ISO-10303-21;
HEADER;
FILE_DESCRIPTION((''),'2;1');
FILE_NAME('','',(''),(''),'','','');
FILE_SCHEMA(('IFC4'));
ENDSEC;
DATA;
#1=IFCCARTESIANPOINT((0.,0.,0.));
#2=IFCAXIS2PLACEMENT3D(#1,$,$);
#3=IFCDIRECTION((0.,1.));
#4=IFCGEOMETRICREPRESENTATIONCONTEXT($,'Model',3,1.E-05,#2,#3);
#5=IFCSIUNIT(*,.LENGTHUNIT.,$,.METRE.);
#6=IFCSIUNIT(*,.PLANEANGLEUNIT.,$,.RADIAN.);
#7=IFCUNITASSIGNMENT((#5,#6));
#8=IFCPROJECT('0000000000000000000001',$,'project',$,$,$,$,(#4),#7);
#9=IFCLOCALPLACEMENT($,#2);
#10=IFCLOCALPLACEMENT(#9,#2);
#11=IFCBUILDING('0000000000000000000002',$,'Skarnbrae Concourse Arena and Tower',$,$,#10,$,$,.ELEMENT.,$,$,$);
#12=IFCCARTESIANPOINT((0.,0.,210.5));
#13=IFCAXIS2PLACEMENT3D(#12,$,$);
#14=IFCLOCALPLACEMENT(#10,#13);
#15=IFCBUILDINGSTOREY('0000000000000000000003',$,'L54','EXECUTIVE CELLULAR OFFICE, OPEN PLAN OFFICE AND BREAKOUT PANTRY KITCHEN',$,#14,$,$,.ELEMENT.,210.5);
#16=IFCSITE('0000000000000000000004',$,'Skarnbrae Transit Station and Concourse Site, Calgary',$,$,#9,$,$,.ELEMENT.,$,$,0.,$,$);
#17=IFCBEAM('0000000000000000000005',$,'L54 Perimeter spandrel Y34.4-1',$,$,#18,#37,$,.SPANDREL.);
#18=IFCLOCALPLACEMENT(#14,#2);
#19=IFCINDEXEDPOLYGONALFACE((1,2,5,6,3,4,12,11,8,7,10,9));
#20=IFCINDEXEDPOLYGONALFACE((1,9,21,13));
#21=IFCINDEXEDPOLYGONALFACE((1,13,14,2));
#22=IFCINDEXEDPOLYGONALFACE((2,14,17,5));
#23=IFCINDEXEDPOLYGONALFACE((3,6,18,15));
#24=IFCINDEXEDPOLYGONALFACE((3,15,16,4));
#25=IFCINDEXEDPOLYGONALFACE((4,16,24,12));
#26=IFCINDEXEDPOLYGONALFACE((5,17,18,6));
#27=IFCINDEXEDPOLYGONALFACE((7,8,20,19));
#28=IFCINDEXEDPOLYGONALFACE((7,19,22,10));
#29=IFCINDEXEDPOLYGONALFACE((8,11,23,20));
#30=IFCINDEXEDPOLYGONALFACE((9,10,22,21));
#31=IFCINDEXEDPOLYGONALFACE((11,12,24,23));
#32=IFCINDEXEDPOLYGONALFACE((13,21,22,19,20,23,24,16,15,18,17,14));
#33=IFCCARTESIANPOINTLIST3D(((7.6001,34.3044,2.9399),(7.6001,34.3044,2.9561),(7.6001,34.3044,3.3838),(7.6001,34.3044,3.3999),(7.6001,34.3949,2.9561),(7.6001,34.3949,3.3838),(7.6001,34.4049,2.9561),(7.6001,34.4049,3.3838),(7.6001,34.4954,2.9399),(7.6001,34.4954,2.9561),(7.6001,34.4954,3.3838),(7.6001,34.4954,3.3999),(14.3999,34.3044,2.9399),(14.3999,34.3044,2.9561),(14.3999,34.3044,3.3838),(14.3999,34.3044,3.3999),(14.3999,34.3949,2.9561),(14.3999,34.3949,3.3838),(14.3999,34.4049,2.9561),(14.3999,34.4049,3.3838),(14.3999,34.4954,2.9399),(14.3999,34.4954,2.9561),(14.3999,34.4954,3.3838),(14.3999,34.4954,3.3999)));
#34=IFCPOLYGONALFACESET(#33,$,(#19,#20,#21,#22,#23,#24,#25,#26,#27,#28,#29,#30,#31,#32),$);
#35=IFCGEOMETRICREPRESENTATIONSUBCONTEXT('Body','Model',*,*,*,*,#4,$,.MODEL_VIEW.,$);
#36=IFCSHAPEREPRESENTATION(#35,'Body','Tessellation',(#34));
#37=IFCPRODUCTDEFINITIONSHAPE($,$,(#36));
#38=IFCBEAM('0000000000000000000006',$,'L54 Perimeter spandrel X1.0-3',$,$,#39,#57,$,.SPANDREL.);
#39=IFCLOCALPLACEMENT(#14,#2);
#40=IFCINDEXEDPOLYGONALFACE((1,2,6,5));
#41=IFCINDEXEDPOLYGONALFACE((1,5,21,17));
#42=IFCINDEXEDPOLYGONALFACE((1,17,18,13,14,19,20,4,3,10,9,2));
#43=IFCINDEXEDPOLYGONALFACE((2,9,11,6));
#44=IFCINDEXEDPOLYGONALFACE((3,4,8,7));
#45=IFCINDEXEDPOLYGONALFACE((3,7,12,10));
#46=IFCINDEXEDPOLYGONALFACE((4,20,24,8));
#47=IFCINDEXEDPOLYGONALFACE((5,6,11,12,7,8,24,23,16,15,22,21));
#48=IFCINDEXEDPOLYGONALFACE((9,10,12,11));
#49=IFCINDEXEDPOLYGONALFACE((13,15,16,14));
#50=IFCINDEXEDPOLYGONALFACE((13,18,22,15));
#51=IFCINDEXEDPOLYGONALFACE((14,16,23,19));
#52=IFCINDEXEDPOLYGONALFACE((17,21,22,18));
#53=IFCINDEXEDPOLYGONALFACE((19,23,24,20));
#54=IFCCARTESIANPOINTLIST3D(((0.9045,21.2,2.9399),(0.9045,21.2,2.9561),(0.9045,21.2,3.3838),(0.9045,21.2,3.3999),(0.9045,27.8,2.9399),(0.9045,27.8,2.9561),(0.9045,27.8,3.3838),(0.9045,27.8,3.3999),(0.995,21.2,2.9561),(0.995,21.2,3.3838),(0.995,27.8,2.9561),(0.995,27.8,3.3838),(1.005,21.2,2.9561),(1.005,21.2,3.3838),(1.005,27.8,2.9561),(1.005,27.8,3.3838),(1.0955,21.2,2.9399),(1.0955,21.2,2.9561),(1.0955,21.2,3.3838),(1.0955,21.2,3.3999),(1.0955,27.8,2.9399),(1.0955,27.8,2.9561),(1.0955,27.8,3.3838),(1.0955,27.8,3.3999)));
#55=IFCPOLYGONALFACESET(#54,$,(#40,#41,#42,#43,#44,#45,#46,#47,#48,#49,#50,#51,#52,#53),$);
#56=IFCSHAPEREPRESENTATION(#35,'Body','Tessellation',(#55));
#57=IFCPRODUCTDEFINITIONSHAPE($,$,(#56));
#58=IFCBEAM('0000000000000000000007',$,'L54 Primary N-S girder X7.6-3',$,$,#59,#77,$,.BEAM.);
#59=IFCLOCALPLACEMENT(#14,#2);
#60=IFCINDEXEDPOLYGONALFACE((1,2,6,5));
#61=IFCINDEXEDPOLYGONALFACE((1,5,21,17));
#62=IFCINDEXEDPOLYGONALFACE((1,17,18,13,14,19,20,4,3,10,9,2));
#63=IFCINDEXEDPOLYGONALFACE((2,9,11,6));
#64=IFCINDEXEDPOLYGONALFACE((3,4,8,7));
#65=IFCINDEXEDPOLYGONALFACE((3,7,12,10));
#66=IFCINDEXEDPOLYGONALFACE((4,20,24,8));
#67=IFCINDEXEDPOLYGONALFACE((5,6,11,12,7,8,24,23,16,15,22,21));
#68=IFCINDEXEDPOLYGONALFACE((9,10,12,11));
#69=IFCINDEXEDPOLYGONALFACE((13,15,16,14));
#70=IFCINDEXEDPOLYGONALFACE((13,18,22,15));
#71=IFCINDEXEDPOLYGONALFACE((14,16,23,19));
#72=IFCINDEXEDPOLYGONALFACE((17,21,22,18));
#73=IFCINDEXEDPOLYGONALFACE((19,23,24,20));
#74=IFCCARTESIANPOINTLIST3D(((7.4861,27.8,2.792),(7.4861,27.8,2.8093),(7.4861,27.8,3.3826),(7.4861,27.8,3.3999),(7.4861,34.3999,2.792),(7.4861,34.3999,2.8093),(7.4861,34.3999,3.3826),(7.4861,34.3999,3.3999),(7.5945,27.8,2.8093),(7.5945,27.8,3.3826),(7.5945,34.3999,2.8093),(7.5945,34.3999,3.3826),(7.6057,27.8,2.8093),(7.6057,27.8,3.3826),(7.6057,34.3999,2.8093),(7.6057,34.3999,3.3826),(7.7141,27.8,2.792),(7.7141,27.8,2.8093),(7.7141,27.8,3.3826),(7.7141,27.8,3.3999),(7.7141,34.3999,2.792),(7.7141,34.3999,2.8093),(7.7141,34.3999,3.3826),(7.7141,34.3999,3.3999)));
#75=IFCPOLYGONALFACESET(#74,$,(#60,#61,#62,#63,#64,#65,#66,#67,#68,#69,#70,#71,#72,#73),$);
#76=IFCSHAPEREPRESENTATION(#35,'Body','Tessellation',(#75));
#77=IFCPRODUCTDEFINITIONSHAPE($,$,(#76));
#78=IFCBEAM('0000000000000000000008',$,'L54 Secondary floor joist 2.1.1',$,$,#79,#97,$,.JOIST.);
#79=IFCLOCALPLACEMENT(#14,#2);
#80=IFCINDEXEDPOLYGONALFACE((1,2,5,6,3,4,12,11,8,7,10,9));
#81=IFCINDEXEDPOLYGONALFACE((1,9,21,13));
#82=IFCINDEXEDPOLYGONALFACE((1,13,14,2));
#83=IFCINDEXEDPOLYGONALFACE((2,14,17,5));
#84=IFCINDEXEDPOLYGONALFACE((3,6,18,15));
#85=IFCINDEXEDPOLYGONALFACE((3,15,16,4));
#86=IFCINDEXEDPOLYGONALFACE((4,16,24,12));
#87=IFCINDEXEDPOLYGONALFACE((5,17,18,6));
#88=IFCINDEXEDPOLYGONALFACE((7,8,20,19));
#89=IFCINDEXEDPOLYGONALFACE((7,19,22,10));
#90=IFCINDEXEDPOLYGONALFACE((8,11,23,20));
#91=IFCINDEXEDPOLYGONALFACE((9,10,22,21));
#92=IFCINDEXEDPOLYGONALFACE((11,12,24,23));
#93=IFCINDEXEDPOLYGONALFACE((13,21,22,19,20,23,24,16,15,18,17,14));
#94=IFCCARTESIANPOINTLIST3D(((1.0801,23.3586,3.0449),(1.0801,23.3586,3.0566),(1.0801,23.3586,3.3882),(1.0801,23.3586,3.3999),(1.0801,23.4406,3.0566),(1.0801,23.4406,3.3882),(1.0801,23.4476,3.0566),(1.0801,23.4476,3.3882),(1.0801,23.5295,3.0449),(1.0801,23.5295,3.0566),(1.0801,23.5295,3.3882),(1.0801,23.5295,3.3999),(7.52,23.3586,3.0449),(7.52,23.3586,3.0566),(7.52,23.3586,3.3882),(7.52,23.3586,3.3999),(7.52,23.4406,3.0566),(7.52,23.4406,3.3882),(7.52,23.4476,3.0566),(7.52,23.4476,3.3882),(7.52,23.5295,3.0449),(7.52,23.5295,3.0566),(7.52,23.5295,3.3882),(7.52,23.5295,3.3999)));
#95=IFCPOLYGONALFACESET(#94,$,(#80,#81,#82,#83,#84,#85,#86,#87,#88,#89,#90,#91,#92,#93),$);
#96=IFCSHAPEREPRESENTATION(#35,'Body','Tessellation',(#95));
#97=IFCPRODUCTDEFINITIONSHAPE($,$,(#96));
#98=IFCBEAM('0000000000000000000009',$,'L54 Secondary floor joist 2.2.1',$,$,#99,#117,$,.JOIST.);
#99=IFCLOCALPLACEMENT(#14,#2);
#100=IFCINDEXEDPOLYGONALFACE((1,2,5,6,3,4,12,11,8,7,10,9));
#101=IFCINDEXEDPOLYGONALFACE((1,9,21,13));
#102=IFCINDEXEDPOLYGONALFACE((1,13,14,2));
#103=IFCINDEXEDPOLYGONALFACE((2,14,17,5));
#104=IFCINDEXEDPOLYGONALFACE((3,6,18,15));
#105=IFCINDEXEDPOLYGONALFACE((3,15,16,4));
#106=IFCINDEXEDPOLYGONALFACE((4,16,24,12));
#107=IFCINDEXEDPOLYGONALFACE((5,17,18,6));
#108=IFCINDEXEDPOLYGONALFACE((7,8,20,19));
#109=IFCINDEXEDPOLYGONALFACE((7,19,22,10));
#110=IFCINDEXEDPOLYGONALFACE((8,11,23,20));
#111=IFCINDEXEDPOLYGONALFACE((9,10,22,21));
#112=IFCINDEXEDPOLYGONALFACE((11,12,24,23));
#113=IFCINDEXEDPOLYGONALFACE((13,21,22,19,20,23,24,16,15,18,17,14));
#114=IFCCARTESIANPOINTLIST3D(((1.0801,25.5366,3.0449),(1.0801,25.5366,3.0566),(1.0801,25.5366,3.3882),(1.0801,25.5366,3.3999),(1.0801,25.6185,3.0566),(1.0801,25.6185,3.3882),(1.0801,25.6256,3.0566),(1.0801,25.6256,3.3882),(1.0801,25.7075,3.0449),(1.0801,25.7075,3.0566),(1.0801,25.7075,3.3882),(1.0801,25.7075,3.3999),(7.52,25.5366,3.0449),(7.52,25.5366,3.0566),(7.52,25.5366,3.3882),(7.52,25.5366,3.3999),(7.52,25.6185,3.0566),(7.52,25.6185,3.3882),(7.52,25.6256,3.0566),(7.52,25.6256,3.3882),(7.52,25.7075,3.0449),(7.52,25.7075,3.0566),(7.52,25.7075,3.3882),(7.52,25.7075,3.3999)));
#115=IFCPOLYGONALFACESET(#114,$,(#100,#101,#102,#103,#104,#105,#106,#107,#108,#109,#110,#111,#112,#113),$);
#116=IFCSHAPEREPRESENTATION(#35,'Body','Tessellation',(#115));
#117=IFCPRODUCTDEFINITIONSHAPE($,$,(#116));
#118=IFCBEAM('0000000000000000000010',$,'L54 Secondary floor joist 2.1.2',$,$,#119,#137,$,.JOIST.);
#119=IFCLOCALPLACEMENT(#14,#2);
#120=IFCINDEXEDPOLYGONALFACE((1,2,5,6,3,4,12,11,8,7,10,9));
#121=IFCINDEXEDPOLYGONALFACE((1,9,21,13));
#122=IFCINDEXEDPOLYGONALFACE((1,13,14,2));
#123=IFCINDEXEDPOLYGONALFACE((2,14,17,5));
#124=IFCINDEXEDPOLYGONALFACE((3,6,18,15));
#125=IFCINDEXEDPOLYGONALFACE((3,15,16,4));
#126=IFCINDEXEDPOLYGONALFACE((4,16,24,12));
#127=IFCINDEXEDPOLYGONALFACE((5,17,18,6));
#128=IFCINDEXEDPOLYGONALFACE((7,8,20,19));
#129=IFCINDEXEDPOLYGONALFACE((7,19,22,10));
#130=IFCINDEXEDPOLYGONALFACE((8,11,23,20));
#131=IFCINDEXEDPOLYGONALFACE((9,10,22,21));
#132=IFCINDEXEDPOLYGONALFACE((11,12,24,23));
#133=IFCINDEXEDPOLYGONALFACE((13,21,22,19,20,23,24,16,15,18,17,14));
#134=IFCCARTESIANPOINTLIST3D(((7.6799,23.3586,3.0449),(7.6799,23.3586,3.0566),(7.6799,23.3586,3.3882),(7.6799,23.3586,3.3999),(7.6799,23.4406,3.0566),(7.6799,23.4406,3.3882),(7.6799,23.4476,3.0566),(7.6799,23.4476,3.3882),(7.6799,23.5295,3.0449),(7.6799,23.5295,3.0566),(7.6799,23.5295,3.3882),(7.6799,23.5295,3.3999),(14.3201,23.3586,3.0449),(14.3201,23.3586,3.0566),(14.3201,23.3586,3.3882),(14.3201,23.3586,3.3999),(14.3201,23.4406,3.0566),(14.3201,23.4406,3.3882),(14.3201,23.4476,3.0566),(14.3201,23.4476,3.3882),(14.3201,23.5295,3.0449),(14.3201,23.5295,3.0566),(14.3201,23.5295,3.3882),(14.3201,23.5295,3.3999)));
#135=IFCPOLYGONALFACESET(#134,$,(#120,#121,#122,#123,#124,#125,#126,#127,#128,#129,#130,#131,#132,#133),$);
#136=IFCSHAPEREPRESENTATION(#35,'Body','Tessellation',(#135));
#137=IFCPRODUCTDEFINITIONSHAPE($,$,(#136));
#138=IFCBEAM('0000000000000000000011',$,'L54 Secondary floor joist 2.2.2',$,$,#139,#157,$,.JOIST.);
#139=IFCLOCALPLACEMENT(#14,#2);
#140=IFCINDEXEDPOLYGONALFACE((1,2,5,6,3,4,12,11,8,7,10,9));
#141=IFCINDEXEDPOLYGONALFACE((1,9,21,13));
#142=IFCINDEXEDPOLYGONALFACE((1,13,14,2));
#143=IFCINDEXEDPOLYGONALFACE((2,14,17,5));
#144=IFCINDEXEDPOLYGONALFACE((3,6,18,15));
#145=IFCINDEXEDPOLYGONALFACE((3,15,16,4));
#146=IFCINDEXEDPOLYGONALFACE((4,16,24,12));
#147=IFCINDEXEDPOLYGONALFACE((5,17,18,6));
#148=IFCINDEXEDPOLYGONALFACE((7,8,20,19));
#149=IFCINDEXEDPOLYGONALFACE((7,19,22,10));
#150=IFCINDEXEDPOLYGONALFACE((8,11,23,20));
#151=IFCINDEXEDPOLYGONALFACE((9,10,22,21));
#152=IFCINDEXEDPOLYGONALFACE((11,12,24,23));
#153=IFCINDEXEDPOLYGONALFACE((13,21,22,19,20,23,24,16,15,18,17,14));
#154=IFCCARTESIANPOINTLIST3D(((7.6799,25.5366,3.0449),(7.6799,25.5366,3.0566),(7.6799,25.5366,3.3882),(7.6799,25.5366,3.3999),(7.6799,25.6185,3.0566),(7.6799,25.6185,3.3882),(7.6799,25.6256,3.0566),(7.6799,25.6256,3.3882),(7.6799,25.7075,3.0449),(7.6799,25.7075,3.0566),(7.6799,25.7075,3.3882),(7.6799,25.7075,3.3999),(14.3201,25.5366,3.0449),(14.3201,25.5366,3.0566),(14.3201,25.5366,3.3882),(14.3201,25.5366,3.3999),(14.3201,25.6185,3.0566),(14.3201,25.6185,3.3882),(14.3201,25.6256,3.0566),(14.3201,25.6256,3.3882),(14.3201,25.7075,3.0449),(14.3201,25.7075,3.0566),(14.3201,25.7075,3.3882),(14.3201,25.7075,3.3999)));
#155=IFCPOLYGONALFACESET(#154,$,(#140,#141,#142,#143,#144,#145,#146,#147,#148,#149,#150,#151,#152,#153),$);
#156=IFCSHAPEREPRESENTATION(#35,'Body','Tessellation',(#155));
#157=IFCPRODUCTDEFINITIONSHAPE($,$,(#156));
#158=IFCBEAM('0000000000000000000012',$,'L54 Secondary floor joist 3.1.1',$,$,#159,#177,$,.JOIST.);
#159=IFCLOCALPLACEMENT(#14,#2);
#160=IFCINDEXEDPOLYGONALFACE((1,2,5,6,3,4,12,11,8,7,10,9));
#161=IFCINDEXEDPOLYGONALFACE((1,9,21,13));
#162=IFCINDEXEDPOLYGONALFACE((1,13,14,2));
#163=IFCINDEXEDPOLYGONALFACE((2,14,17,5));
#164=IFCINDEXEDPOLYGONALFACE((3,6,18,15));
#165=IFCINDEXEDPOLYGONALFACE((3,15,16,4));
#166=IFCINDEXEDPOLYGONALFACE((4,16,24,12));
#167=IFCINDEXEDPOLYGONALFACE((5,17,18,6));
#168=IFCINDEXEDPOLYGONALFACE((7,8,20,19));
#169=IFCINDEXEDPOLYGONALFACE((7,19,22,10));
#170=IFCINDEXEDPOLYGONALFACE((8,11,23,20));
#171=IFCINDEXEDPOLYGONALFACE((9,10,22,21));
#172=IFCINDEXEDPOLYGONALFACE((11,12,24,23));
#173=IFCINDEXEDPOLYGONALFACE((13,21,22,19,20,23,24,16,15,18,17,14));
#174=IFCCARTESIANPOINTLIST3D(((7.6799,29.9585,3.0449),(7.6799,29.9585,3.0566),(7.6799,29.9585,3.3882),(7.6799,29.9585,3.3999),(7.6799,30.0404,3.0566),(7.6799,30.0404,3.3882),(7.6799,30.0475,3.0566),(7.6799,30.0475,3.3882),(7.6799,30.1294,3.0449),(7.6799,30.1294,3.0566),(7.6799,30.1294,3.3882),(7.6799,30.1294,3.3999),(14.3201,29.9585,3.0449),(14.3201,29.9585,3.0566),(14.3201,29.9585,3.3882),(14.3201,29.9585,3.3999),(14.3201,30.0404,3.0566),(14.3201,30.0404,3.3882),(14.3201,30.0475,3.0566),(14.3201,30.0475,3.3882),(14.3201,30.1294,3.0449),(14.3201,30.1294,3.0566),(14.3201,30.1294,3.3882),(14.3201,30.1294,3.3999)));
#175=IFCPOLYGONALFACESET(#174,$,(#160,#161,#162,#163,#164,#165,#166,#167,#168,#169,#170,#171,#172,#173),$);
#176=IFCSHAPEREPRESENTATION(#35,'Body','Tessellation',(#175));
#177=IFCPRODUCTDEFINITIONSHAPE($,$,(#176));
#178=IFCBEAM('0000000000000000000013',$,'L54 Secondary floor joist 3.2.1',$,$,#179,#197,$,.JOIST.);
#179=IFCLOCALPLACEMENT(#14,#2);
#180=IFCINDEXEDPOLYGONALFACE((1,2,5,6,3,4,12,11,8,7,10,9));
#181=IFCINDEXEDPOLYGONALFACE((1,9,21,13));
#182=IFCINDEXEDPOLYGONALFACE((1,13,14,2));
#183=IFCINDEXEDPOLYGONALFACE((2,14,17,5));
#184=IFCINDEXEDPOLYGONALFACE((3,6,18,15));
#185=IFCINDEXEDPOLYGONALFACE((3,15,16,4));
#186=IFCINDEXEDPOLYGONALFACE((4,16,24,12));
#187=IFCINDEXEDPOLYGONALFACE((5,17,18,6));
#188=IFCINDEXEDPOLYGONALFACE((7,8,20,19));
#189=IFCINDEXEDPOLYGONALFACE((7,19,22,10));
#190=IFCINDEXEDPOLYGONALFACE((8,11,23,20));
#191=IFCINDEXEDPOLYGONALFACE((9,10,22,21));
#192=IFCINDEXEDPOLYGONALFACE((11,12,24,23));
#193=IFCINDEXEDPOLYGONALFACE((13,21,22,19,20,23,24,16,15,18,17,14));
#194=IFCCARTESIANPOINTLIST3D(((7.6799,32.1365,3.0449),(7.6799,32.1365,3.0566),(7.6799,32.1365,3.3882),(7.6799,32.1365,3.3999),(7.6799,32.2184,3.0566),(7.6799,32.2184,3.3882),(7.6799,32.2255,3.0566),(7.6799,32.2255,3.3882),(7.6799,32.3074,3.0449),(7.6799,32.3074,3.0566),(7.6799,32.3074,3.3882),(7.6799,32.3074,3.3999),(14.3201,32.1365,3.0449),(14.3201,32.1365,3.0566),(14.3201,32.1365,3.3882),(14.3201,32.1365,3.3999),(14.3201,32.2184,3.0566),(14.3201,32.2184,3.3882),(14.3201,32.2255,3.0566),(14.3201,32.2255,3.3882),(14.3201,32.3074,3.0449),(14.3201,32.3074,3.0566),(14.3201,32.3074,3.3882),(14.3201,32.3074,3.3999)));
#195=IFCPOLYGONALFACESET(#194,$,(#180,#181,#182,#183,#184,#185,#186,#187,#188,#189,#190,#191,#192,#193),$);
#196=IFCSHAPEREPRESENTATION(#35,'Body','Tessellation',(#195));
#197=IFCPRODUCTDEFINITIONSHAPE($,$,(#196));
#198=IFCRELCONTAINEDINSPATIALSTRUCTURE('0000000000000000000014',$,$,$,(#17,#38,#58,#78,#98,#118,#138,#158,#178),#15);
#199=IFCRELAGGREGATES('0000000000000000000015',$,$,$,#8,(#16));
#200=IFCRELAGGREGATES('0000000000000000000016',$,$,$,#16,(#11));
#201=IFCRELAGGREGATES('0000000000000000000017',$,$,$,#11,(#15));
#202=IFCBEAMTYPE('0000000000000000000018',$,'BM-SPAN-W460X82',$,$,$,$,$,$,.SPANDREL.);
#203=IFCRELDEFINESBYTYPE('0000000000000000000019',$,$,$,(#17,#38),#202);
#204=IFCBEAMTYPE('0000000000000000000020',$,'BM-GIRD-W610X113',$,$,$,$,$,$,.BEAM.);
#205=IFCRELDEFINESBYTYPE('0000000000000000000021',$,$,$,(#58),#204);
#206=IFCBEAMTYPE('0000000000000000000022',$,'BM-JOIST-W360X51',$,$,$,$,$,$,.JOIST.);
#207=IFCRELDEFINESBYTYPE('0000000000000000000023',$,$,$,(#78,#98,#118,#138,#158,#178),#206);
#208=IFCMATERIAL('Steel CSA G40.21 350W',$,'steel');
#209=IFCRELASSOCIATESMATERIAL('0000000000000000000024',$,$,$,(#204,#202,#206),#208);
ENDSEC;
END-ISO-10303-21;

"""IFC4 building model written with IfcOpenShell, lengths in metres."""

from ifc_helpers import new_model, si_unit, direction, frame, origin, origin_2d, place, context, subcontext, project, spatial, i_section, extrude, source, transform, mapped, material, material_profile, profile_set, type_object, element, save


model = new_model("IFC4")

# Units and contexts
model_context = context("Model", 3, precision=1e-05, world=origin(), true_north=direction((0.0, 1.0)))
body_context = subcontext(model_context, "Body", "Model", "MODEL_VIEW")
ifc_project = project(units=[si_unit("LENGTHUNIT", "METRE"), si_unit("PLANEANGLEUNIT", "RADIAN")], contexts=[model_context])

# Site, building, storey
site_placement = place(None, origin())
site = spatial("IfcSite", under=ifc_project, at=site_placement, Name="Skarnbrae Transit Station and Concourse Site, Calgary", CompositionType="ELEMENT", RefElevation=0.0)
building_placement = place(site_placement, origin())
building = spatial("IfcBuilding", under=site, at=building_placement, Name="Skarnbrae Concourse Arena and Tower", CompositionType="ELEMENT")
storey_placement = place(building_placement, frame((0.0, 0.0, 210.5)))
storey = spatial("IfcBuildingStorey", under=building, at=storey_placement, Name="L54", Description="EXECUTIVE CELLULAR OFFICE, OPEN PLAN OFFICE AND BREAKOUT PANTRY KITCHEN", CompositionType="ELEMENT", Elevation=210.5)

# Shared definitions
ifc_material_1 = material(Name="Steel CSA G40.21 350W", Category="steel")

# Beams
ifc_material_profile_1 = material_profile(ifc_material_1, i_section(OverallWidth=0.228, OverallDepth=0.6079, WebThickness=0.0112, FlangeThickness=0.0173, at=origin_2d()), Name="W610X113")
ifc_profile_set_1 = profile_set([ifc_material_profile_1], Name="Steel CSA G40.21 350W")
beam_type_1 = type_object("IfcBeamType", Name="BM-GIRD-W610X113", PredefinedType="BEAM", material=ifc_profile_set_1)
ifc_material_profile_2 = material_profile(ifc_material_1, i_section(OverallWidth=0.1909, OverallDepth=0.46, WebThickness=0.01, FlangeThickness=0.0161, at=origin_2d()), Name="W460X82")
ifc_profile_set_2 = profile_set([ifc_material_profile_2], Name="Steel CSA G40.21 350W")
beam_type_2 = type_object("IfcBeamType", Name="BM-SPAN-W460X82", PredefinedType="SPANDREL", material=ifc_profile_set_2)
shared_shape_1 = source(origin(), body_context, "Body", "SweptSolid", [
    extrude(i_section(OverallWidth=0.1909, OverallDepth=0.46, WebThickness=0.01, FlangeThickness=0.0161, at=origin_2d()), origin(), (0.0, 0.0, 1.0), 6.7998),
])
beam_1_placement = place(storey_placement, frame((7.6001, 34.3999, 3.1699), z_axis=(1.0, 0.0, 0.0), x_axis=(0.0, 1.0, 0.0)))
element("IfcBeam", 1, at=beam_1_placement, inside=storey, type_object=beam_type_2, Name="L54 Perimeter spandrel Y34.4-1", PredefinedType="SPANDREL", context=body_context, shape_type="MappedRepresentation", body=[
    mapped(shared_shape_1, transform((0.0, 0.0, 0.0))),
])
shared_shape_2 = source(origin(), body_context, "Body", "SweptSolid", [
    extrude(i_section(OverallWidth=0.1909, OverallDepth=0.46, WebThickness=0.01, FlangeThickness=0.0161, at=origin_2d()), origin(), (0.0, 0.0, 1.0), 6.6001),
])
beam_2_placement = place(storey_placement, frame((1.0, 21.2, 3.1699), z_axis=(0.0, 1.0, 0.0), x_axis=(-1.0, 0.0, 0.0)))
element("IfcBeam", 2, at=beam_2_placement, inside=storey, type_object=beam_type_2, Name="L54 Perimeter spandrel X1.0-3", PredefinedType="SPANDREL", context=body_context, shape_type="MappedRepresentation", body=[
    mapped(shared_shape_2, transform((0.0, 0.0, 0.0))),
])
shared_shape_3 = source(origin(), body_context, "Body", "SweptSolid", [
    extrude(i_section(OverallWidth=0.228, OverallDepth=0.6079, WebThickness=0.0112, FlangeThickness=0.0173, at=origin_2d()), origin(), (0.0, 0.0, 1.0), 6.5999),
])
beam_3_placement = place(storey_placement, frame((7.6001, 27.8, 3.0959), z_axis=(0.0, 1.0, 0.0), x_axis=(-1.0, 0.0, 0.0)))
element("IfcBeam", 3, at=beam_3_placement, inside=storey, type_object=beam_type_1, Name="L54 Primary N-S girder X7.6-3", PredefinedType="BEAM", context=body_context, shape_type="MappedRepresentation", body=[
    mapped(shared_shape_3, transform((0.0, 0.0, 0.0))),
])
ifc_material_profile_3 = material_profile(ifc_material_1, i_section(OverallWidth=0.1709, OverallDepth=0.355, WebThickness=0.0071, FlangeThickness=0.0117, at=origin_2d()), Name="W360X51")
ifc_profile_set_3 = profile_set([ifc_material_profile_3], Name="Steel CSA G40.21 350W")
beam_type_3 = type_object("IfcBeamType", Name="BM-JOIST-W360X51", PredefinedType="JOIST", material=ifc_profile_set_3)
shared_shape_4 = source(origin(), body_context, "Body", "SweptSolid", [
    extrude(i_section(OverallWidth=0.1709, OverallDepth=0.355, WebThickness=0.0071, FlangeThickness=0.0117, at=origin_2d()), origin(), (0.0, 0.0, 1.0), 6.4399),
])
for number, where, z_axis, x_axis, name in (
    (4, (1.0801, 23.4441, 3.2224), (1.0, 0.0, 0.0), (0.0, 1.0, 0.0), "L54 Secondary floor joist 2.1.1"),
    (5, (1.0801, 25.6221, 3.2224), (1.0, 0.0, 0.0), (0.0, 1.0, 0.0), "L54 Secondary floor joist 2.2.1"),
):
    element("IfcBeam", number, at=place(storey_placement, frame(where, z_axis=z_axis, x_axis=x_axis)), inside=storey, type_object=beam_type_3, Name=name, PredefinedType="JOIST", context=body_context, shape_type="MappedRepresentation", body=[
        mapped(shared_shape_4, transform((0.0, 0.0, 0.0))),
    ])
shared_shape_5 = source(origin(), body_context, "Body", "SweptSolid", [
    extrude(i_section(OverallWidth=0.1709, OverallDepth=0.355, WebThickness=0.0071, FlangeThickness=0.0117, at=origin_2d()), origin(), (0.0, 0.0, 1.0), 6.6401),
])
for number, where, z_axis, x_axis, name in (
    (6, (7.6799, 23.4441, 3.2224), (1.0, 0.0, 0.0), (0.0, 1.0, 0.0), "L54 Secondary floor joist 2.1.2"),
    (7, (7.6799, 25.6221, 3.2224), (1.0, 0.0, 0.0), (0.0, 1.0, 0.0), "L54 Secondary floor joist 2.2.2"),
    (8, (7.6799, 30.0439, 3.2224), (1.0, 0.0, 0.0), (0.0, 1.0, 0.0), "L54 Secondary floor joist 3.1.1"),
    (9, (7.6799, 32.2219, 3.2224), (1.0, 0.0, 0.0), (0.0, 1.0, 0.0), "L54 Secondary floor joist 3.2.1"),
):
    element("IfcBeam", number, at=place(storey_placement, frame(where, z_axis=z_axis, x_axis=x_axis)), inside=storey, type_object=beam_type_3, Name=name, PredefinedType="JOIST", context=body_context, shape_type="MappedRepresentation", body=[
        mapped(shared_shape_5, transform((0.0, 0.0, 0.0))),
    ])

save(model, "model.ifc")
